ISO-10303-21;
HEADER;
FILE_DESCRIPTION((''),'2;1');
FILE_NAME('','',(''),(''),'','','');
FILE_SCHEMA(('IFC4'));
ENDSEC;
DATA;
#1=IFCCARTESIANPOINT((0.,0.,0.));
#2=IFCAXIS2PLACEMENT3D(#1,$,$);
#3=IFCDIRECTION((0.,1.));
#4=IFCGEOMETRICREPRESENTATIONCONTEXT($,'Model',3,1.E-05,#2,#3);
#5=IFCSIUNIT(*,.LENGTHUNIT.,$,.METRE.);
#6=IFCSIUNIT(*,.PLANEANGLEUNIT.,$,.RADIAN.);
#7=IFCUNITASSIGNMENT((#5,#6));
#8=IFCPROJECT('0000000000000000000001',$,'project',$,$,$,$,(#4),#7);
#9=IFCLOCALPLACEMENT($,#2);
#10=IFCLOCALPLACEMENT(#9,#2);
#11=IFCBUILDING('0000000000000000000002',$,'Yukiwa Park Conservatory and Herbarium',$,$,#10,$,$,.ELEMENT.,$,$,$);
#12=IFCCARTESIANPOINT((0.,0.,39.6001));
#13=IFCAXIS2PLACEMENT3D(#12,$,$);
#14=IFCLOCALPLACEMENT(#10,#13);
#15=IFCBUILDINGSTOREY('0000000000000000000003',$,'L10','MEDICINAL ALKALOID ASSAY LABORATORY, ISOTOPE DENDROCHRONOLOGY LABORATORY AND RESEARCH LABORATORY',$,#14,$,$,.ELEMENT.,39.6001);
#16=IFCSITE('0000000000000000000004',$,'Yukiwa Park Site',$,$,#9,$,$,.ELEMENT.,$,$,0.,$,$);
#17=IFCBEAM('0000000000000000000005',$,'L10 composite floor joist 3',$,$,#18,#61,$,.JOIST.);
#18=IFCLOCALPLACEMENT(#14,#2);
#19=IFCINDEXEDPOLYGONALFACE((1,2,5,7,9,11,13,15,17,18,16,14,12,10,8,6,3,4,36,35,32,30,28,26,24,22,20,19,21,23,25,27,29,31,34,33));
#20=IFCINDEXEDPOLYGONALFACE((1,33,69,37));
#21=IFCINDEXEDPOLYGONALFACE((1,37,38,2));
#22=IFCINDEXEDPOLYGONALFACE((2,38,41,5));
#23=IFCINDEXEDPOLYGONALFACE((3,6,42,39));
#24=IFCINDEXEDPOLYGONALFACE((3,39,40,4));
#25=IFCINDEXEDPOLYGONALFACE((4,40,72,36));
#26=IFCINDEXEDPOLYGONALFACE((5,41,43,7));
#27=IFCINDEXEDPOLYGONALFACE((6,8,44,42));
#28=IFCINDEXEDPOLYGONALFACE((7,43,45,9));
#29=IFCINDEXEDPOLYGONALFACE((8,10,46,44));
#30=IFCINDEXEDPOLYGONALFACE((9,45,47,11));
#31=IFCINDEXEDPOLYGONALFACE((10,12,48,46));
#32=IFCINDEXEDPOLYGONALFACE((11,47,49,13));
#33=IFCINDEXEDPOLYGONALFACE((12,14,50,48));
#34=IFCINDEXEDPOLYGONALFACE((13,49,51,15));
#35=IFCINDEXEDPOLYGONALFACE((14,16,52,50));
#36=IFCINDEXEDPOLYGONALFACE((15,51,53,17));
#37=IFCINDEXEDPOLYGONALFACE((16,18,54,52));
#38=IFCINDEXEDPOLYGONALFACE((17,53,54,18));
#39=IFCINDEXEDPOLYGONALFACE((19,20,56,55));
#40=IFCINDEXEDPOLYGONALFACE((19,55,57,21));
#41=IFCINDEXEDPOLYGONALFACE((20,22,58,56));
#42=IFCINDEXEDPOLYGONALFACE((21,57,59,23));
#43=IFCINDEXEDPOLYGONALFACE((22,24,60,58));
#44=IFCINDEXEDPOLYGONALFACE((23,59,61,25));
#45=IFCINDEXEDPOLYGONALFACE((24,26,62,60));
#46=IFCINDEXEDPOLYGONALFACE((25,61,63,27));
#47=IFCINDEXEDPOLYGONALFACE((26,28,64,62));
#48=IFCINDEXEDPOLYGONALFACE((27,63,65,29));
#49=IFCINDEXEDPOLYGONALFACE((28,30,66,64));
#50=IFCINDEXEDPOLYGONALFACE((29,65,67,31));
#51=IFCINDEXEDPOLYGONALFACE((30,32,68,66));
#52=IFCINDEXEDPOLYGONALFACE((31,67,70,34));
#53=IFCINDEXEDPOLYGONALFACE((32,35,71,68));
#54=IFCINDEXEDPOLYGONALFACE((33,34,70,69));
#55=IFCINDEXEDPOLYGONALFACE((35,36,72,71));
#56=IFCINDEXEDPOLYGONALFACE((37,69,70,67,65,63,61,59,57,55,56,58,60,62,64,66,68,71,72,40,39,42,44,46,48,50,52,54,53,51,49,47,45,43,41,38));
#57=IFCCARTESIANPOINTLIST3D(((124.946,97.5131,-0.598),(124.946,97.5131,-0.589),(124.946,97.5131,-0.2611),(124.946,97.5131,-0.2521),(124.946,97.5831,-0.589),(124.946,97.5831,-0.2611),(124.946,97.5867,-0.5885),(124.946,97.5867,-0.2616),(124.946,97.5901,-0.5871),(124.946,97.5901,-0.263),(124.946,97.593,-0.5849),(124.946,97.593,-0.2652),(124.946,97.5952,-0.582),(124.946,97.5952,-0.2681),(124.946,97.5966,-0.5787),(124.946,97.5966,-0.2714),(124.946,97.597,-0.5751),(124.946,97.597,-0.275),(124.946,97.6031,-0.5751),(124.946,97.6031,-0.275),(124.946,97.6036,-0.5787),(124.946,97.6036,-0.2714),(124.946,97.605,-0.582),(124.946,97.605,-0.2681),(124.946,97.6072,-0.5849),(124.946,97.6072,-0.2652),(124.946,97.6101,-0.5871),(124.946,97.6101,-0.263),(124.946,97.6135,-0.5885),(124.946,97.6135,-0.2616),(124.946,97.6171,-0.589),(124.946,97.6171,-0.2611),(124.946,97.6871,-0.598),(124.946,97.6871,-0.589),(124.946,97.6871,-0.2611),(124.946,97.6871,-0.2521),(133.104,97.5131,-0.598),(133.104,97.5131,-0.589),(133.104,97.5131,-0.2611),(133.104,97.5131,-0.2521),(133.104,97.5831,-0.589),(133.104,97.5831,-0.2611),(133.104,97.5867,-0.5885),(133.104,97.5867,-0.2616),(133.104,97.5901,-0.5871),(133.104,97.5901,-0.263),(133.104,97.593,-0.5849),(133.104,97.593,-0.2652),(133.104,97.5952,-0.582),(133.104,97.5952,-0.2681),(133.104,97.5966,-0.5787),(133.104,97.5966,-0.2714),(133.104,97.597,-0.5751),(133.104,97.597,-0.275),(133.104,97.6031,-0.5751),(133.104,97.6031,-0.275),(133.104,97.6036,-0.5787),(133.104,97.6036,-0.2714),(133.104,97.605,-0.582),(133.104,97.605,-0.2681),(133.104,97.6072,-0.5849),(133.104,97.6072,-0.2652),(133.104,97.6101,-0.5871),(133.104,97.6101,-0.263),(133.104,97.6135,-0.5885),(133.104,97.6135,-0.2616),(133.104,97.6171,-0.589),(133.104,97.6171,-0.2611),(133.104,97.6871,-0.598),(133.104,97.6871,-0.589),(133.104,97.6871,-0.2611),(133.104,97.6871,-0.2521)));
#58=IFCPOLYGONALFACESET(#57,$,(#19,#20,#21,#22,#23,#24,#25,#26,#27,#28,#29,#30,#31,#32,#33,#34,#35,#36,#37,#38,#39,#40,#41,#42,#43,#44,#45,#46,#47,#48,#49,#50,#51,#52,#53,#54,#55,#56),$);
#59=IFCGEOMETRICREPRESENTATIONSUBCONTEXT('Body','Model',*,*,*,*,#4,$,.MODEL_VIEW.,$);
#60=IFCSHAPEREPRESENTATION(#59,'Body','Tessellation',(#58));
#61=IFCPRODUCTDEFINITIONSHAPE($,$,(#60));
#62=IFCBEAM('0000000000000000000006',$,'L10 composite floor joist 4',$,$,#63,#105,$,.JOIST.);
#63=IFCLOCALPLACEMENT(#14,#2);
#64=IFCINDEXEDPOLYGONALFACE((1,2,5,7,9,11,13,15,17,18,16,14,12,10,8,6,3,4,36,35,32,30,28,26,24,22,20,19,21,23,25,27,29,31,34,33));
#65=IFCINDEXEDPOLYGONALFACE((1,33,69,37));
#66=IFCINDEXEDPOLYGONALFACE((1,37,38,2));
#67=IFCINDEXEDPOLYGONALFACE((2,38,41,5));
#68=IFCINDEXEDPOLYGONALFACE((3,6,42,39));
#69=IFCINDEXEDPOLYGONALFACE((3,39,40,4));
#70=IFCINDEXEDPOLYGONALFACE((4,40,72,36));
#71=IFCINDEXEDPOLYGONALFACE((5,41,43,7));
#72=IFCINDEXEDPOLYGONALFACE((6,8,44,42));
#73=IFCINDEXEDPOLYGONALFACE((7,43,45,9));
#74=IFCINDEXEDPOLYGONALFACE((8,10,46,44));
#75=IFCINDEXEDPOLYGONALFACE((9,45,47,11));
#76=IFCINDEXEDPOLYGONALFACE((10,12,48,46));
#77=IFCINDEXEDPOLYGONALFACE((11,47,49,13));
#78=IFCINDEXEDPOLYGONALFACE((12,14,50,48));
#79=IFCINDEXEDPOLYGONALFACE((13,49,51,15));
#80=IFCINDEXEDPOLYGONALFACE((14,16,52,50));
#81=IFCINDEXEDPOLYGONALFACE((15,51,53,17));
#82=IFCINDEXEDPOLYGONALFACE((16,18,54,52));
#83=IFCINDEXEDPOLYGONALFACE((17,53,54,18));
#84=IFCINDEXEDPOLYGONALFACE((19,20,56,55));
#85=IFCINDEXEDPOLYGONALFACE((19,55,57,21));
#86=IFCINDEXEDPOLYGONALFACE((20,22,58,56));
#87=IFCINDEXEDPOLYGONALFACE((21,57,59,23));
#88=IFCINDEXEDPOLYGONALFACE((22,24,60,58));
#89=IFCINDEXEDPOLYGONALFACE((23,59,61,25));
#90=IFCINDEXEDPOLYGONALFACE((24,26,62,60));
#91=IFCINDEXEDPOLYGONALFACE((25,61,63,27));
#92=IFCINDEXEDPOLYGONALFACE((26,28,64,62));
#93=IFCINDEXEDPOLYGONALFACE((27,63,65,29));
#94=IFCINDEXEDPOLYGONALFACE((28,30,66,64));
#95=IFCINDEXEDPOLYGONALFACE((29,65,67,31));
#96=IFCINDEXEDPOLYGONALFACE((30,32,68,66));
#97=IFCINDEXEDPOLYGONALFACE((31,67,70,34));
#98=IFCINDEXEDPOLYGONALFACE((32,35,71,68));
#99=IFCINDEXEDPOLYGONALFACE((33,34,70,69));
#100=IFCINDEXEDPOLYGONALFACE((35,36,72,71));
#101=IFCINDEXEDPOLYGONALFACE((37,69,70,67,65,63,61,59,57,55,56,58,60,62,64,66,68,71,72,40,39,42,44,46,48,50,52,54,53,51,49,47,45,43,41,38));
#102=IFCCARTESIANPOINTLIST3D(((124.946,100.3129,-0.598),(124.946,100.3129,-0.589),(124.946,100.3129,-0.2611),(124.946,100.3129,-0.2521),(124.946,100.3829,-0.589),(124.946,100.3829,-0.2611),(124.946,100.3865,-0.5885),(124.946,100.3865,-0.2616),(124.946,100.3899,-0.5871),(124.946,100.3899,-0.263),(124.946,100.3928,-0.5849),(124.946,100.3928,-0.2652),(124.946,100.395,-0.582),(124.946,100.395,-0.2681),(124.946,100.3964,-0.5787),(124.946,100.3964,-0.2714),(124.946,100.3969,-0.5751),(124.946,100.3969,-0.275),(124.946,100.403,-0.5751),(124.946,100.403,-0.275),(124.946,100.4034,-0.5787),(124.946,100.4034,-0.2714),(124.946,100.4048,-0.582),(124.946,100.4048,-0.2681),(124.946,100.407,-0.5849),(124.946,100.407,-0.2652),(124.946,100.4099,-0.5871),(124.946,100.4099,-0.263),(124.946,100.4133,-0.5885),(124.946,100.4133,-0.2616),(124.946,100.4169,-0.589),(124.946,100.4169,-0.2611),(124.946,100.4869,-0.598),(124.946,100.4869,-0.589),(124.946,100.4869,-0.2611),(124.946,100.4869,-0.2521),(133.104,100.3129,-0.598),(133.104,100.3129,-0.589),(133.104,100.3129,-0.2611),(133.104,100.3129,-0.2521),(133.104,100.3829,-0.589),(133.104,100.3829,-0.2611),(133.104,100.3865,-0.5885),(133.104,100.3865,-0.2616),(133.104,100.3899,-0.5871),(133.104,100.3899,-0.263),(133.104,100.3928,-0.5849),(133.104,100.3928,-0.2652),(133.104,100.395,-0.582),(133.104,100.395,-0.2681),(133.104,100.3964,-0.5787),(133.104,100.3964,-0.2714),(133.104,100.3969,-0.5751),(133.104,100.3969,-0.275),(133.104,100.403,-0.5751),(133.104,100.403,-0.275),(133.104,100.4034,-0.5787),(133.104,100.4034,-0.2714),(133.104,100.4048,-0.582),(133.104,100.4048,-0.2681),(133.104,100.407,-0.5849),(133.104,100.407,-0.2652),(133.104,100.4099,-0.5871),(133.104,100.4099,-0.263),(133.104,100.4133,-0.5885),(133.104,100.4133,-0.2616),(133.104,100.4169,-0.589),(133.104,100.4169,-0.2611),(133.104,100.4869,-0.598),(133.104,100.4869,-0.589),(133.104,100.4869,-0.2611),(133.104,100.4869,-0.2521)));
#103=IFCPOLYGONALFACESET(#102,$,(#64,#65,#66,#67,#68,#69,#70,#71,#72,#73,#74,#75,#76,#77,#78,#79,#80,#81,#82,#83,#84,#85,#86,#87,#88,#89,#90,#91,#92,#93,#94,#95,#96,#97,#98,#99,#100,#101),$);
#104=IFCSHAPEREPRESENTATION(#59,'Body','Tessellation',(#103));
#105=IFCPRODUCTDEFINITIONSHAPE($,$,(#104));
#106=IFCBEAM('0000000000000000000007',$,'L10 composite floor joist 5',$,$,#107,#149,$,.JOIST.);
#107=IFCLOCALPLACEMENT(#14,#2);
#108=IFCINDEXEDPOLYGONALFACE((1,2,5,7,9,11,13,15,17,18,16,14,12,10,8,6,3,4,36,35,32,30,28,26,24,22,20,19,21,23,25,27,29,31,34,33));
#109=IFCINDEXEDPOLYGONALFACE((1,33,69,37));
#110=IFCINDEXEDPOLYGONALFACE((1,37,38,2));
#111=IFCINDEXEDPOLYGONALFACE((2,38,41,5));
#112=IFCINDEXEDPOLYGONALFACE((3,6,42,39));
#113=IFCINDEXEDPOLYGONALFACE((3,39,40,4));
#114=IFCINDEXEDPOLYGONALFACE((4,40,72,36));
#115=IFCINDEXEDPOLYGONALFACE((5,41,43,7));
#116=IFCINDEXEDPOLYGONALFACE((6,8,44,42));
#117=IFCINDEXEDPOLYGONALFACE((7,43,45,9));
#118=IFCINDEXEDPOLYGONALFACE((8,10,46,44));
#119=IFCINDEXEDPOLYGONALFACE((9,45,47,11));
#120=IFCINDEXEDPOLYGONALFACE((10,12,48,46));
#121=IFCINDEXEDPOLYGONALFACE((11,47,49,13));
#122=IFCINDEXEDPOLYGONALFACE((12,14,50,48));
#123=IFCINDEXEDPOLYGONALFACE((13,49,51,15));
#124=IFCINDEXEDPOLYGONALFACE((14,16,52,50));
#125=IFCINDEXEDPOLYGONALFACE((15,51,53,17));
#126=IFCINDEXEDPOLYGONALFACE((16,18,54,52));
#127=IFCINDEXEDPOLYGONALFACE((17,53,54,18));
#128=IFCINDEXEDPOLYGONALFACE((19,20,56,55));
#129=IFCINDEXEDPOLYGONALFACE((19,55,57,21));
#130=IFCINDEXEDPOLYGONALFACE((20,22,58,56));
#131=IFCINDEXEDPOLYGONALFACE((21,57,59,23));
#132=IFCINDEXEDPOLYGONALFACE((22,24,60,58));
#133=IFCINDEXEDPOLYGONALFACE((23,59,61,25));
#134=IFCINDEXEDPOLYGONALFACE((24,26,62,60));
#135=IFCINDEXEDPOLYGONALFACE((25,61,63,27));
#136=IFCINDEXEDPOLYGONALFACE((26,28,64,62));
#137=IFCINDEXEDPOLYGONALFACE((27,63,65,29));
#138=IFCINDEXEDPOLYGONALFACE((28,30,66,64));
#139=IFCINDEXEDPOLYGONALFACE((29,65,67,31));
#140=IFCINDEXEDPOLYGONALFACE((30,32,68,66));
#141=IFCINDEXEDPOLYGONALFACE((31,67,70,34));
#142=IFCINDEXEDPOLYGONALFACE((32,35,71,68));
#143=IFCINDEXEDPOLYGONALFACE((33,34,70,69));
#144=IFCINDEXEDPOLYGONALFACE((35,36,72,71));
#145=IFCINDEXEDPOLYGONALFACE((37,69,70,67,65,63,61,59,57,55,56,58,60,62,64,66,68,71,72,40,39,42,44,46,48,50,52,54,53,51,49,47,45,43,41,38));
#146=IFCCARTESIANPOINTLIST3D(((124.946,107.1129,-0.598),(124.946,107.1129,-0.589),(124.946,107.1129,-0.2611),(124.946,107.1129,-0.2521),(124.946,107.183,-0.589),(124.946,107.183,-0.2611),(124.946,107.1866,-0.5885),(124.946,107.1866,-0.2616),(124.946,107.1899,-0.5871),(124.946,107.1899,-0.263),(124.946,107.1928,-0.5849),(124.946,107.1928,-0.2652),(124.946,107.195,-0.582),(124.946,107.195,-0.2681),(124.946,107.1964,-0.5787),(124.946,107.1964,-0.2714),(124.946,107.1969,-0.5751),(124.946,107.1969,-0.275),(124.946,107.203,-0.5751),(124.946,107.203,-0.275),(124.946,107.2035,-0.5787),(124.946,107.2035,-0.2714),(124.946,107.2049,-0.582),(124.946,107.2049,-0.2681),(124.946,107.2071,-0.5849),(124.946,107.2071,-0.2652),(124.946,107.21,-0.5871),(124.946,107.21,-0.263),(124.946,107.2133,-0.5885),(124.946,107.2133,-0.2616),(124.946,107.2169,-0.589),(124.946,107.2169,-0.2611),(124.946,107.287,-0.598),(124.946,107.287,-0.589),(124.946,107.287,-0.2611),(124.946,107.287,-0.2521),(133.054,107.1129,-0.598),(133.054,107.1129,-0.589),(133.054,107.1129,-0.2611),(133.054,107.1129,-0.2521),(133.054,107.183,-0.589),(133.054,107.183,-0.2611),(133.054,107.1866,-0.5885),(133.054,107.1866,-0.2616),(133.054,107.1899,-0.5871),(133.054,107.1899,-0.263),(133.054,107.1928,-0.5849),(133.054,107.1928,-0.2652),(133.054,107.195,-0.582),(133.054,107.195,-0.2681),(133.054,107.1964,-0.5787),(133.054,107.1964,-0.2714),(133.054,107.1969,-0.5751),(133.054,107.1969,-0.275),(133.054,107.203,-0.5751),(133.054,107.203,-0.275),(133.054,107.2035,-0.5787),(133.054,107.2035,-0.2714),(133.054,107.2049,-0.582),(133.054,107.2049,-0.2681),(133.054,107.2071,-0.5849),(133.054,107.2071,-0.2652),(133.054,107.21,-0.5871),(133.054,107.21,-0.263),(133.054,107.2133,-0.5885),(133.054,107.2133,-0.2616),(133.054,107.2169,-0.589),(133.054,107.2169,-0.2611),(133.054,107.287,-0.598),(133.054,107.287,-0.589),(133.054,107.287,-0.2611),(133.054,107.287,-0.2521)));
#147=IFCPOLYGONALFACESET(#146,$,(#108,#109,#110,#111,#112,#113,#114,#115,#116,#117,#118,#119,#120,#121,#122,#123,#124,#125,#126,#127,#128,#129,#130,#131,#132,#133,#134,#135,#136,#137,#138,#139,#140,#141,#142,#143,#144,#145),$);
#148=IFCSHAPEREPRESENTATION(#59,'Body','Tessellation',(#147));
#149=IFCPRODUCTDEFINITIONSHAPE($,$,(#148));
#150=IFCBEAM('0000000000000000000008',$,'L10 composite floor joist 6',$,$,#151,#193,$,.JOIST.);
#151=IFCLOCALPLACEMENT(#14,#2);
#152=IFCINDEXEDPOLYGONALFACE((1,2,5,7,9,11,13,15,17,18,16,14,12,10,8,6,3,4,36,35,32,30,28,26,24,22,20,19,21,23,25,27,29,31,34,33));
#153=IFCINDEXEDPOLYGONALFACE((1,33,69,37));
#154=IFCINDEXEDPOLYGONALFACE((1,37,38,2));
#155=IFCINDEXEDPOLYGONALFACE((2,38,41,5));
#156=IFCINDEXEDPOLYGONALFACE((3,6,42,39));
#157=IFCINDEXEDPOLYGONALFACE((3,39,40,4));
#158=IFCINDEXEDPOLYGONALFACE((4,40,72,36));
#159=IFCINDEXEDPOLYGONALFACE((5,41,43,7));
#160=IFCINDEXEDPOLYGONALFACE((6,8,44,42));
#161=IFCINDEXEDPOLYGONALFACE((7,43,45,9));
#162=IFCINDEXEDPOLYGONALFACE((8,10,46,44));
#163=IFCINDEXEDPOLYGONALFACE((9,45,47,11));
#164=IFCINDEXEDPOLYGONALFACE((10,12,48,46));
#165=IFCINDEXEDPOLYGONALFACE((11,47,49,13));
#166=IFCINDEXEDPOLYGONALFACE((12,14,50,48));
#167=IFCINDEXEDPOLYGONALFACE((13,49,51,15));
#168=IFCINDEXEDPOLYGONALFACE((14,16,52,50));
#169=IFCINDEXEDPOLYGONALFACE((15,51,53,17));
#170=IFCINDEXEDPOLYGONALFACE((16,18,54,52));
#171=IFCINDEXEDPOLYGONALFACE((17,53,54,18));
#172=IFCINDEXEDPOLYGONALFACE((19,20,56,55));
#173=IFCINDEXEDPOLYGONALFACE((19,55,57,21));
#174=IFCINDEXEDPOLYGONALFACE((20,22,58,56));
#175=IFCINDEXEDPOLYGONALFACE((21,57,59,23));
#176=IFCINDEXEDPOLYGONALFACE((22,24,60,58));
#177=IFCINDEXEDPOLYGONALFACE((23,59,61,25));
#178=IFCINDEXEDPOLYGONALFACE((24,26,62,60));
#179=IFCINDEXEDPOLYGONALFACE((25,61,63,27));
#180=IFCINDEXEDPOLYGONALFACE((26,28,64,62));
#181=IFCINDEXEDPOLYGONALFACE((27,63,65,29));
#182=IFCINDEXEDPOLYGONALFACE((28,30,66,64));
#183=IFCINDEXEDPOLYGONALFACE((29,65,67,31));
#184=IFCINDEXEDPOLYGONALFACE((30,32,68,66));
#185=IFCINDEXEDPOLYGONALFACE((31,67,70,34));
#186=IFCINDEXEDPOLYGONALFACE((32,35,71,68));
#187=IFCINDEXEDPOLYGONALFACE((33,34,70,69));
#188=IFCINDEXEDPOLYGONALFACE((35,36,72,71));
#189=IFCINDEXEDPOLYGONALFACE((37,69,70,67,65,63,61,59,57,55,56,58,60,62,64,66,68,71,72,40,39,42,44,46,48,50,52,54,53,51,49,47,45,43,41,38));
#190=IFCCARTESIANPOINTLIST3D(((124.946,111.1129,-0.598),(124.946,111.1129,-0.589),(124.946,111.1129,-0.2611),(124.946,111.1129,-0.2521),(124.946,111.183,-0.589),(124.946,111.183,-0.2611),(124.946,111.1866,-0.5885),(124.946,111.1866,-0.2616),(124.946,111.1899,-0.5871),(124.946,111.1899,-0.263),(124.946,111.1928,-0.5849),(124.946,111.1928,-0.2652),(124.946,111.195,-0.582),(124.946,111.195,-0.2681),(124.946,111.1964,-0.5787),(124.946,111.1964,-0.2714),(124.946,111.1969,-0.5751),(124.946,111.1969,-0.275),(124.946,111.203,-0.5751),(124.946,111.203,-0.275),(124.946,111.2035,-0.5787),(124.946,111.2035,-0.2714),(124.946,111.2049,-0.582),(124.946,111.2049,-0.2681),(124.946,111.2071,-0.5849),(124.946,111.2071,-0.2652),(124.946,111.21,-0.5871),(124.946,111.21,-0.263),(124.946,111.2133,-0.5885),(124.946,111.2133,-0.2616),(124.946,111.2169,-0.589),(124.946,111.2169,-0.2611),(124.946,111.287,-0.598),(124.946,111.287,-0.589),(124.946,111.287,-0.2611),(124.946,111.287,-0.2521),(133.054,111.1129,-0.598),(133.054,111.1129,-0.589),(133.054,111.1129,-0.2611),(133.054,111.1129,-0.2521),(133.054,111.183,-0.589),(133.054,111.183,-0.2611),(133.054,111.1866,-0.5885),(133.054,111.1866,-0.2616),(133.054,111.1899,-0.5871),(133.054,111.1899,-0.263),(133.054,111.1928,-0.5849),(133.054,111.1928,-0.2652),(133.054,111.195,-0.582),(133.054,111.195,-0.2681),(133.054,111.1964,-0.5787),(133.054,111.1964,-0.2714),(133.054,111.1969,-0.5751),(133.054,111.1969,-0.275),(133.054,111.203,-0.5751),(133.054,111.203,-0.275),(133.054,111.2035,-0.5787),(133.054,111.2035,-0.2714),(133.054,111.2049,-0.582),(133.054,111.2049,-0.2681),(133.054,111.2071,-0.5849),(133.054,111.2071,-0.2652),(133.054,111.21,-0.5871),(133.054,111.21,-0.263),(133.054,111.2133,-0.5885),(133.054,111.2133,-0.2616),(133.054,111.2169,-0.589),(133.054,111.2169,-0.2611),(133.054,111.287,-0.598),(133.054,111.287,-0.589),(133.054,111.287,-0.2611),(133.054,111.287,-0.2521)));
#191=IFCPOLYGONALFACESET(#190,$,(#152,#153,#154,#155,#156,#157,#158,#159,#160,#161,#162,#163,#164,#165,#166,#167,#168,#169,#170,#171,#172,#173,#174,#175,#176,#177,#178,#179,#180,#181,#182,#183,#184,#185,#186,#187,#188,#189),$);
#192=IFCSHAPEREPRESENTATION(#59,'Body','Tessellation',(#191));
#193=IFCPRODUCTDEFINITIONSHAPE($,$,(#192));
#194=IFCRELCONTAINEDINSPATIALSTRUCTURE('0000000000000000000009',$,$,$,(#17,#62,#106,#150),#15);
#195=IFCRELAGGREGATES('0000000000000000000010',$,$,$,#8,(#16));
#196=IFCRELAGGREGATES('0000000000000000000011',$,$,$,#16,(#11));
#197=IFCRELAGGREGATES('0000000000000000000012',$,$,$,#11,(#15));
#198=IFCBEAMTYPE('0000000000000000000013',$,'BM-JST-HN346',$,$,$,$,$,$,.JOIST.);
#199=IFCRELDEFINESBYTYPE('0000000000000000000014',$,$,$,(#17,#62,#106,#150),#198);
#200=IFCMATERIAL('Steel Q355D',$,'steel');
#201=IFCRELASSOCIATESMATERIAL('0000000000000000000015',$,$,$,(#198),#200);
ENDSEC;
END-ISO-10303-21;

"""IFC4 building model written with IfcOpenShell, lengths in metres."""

from ifc_helpers import new_model, si_unit, direction, frame, origin, origin_2d, place, context, subcontext, project, spatial, i_section, extrude, material, material_profile, profile_set, type_object, element, save


model = new_model("IFC4")

# Units and contexts
model_context = context("Model", 3, precision=1e-05, world=origin(), true_north=direction((0.0, 1.0)))
body_context = subcontext(model_context, "Body", "Model", "MODEL_VIEW")
ifc_project = project(units=[si_unit("LENGTHUNIT", "METRE"), si_unit("PLANEANGLEUNIT", "RADIAN")], contexts=[model_context])

# Site, building, storey
site_placement = place(None, origin())
site = spatial("IfcSite", under=ifc_project, at=site_placement, Name="Yukiwa Park Site", CompositionType="ELEMENT", RefElevation=0.0)
building_placement = place(site_placement, origin())
building = spatial("IfcBuilding", under=site, at=building_placement, Name="Yukiwa Park Conservatory and Herbarium", CompositionType="ELEMENT")
storey_placement = place(building_placement, frame((0.0, 0.0, 39.6001)))
storey = spatial("IfcBuildingStorey", under=building, at=storey_placement, Name="L10", Description="MEDICINAL ALKALOID ASSAY LABORATORY, ISOTOPE DENDROCHRONOLOGY LABORATORY AND RESEARCH LABORATORY", CompositionType="ELEMENT", Elevation=39.6001)

# Beams
ifc_material_1 = material(Name="Steel Q355D", Category="steel")
ifc_material_profile_1 = material_profile(ifc_material_1, i_section(OverallWidth=0.1741, OverallDepth=0.3459, WebThickness=0.0061, FlangeThickness=0.009, FilletRadius=0.0139, at=origin_2d()), Name="HN 346x174x6x9")
ifc_profile_set_1 = profile_set([ifc_material_profile_1], Name="Steel Q355D")
beam_type_1 = type_object("IfcBeamType", Name="BM-JST-HN346", PredefinedType="JOIST", material=ifc_profile_set_1)
for number, where, z_axis, x_axis, name in (
    (1, (124.946, 97.6001, -0.425), (1.0, 0.0, 0.0), (0.0, 1.0, 0.0), "L10 composite floor joist 3"),
    (2, (124.946, 100.3999, -0.425), (1.0, 0.0, 0.0), (0.0, 1.0, 0.0), "L10 composite floor joist 4"),
):
    element("IfcBeam", number, at=place(storey_placement, frame(where, z_axis=z_axis, x_axis=x_axis)), inside=storey, type_object=beam_type_1, Name=name, PredefinedType="JOIST", context=body_context, shape_type="SweptSolid", body=[
        extrude(i_section(OverallWidth=0.1741, OverallDepth=0.3459, WebThickness=0.0061, FlangeThickness=0.009, FilletRadius=0.0139, at=origin_2d()), origin(), (0.0, 0.0, 1.0), 8.158),
    ])
for number, where, z_axis, x_axis, name in (
    (3, (124.946, 107.2, -0.425), (1.0, 0.0, 0.0), (0.0, 1.0, 0.0), "L10 composite floor joist 5"),
    (4, (124.946, 111.2, -0.425), (1.0, 0.0, 0.0), (0.0, 1.0, 0.0), "L10 composite floor joist 6"),
):
    element("IfcBeam", number, at=place(storey_placement, frame(where, z_axis=z_axis, x_axis=x_axis)), inside=storey, type_object=beam_type_1, Name=name, PredefinedType="JOIST", context=body_context, shape_type="SweptSolid", body=[
        extrude(i_section(OverallWidth=0.1741, OverallDepth=0.3459, WebThickness=0.0061, FlangeThickness=0.009, FilletRadius=0.0139, at=origin_2d()), origin(), (0.0, 0.0, 1.0), 8.1079),
    ])

save(model, "model.ifc")
